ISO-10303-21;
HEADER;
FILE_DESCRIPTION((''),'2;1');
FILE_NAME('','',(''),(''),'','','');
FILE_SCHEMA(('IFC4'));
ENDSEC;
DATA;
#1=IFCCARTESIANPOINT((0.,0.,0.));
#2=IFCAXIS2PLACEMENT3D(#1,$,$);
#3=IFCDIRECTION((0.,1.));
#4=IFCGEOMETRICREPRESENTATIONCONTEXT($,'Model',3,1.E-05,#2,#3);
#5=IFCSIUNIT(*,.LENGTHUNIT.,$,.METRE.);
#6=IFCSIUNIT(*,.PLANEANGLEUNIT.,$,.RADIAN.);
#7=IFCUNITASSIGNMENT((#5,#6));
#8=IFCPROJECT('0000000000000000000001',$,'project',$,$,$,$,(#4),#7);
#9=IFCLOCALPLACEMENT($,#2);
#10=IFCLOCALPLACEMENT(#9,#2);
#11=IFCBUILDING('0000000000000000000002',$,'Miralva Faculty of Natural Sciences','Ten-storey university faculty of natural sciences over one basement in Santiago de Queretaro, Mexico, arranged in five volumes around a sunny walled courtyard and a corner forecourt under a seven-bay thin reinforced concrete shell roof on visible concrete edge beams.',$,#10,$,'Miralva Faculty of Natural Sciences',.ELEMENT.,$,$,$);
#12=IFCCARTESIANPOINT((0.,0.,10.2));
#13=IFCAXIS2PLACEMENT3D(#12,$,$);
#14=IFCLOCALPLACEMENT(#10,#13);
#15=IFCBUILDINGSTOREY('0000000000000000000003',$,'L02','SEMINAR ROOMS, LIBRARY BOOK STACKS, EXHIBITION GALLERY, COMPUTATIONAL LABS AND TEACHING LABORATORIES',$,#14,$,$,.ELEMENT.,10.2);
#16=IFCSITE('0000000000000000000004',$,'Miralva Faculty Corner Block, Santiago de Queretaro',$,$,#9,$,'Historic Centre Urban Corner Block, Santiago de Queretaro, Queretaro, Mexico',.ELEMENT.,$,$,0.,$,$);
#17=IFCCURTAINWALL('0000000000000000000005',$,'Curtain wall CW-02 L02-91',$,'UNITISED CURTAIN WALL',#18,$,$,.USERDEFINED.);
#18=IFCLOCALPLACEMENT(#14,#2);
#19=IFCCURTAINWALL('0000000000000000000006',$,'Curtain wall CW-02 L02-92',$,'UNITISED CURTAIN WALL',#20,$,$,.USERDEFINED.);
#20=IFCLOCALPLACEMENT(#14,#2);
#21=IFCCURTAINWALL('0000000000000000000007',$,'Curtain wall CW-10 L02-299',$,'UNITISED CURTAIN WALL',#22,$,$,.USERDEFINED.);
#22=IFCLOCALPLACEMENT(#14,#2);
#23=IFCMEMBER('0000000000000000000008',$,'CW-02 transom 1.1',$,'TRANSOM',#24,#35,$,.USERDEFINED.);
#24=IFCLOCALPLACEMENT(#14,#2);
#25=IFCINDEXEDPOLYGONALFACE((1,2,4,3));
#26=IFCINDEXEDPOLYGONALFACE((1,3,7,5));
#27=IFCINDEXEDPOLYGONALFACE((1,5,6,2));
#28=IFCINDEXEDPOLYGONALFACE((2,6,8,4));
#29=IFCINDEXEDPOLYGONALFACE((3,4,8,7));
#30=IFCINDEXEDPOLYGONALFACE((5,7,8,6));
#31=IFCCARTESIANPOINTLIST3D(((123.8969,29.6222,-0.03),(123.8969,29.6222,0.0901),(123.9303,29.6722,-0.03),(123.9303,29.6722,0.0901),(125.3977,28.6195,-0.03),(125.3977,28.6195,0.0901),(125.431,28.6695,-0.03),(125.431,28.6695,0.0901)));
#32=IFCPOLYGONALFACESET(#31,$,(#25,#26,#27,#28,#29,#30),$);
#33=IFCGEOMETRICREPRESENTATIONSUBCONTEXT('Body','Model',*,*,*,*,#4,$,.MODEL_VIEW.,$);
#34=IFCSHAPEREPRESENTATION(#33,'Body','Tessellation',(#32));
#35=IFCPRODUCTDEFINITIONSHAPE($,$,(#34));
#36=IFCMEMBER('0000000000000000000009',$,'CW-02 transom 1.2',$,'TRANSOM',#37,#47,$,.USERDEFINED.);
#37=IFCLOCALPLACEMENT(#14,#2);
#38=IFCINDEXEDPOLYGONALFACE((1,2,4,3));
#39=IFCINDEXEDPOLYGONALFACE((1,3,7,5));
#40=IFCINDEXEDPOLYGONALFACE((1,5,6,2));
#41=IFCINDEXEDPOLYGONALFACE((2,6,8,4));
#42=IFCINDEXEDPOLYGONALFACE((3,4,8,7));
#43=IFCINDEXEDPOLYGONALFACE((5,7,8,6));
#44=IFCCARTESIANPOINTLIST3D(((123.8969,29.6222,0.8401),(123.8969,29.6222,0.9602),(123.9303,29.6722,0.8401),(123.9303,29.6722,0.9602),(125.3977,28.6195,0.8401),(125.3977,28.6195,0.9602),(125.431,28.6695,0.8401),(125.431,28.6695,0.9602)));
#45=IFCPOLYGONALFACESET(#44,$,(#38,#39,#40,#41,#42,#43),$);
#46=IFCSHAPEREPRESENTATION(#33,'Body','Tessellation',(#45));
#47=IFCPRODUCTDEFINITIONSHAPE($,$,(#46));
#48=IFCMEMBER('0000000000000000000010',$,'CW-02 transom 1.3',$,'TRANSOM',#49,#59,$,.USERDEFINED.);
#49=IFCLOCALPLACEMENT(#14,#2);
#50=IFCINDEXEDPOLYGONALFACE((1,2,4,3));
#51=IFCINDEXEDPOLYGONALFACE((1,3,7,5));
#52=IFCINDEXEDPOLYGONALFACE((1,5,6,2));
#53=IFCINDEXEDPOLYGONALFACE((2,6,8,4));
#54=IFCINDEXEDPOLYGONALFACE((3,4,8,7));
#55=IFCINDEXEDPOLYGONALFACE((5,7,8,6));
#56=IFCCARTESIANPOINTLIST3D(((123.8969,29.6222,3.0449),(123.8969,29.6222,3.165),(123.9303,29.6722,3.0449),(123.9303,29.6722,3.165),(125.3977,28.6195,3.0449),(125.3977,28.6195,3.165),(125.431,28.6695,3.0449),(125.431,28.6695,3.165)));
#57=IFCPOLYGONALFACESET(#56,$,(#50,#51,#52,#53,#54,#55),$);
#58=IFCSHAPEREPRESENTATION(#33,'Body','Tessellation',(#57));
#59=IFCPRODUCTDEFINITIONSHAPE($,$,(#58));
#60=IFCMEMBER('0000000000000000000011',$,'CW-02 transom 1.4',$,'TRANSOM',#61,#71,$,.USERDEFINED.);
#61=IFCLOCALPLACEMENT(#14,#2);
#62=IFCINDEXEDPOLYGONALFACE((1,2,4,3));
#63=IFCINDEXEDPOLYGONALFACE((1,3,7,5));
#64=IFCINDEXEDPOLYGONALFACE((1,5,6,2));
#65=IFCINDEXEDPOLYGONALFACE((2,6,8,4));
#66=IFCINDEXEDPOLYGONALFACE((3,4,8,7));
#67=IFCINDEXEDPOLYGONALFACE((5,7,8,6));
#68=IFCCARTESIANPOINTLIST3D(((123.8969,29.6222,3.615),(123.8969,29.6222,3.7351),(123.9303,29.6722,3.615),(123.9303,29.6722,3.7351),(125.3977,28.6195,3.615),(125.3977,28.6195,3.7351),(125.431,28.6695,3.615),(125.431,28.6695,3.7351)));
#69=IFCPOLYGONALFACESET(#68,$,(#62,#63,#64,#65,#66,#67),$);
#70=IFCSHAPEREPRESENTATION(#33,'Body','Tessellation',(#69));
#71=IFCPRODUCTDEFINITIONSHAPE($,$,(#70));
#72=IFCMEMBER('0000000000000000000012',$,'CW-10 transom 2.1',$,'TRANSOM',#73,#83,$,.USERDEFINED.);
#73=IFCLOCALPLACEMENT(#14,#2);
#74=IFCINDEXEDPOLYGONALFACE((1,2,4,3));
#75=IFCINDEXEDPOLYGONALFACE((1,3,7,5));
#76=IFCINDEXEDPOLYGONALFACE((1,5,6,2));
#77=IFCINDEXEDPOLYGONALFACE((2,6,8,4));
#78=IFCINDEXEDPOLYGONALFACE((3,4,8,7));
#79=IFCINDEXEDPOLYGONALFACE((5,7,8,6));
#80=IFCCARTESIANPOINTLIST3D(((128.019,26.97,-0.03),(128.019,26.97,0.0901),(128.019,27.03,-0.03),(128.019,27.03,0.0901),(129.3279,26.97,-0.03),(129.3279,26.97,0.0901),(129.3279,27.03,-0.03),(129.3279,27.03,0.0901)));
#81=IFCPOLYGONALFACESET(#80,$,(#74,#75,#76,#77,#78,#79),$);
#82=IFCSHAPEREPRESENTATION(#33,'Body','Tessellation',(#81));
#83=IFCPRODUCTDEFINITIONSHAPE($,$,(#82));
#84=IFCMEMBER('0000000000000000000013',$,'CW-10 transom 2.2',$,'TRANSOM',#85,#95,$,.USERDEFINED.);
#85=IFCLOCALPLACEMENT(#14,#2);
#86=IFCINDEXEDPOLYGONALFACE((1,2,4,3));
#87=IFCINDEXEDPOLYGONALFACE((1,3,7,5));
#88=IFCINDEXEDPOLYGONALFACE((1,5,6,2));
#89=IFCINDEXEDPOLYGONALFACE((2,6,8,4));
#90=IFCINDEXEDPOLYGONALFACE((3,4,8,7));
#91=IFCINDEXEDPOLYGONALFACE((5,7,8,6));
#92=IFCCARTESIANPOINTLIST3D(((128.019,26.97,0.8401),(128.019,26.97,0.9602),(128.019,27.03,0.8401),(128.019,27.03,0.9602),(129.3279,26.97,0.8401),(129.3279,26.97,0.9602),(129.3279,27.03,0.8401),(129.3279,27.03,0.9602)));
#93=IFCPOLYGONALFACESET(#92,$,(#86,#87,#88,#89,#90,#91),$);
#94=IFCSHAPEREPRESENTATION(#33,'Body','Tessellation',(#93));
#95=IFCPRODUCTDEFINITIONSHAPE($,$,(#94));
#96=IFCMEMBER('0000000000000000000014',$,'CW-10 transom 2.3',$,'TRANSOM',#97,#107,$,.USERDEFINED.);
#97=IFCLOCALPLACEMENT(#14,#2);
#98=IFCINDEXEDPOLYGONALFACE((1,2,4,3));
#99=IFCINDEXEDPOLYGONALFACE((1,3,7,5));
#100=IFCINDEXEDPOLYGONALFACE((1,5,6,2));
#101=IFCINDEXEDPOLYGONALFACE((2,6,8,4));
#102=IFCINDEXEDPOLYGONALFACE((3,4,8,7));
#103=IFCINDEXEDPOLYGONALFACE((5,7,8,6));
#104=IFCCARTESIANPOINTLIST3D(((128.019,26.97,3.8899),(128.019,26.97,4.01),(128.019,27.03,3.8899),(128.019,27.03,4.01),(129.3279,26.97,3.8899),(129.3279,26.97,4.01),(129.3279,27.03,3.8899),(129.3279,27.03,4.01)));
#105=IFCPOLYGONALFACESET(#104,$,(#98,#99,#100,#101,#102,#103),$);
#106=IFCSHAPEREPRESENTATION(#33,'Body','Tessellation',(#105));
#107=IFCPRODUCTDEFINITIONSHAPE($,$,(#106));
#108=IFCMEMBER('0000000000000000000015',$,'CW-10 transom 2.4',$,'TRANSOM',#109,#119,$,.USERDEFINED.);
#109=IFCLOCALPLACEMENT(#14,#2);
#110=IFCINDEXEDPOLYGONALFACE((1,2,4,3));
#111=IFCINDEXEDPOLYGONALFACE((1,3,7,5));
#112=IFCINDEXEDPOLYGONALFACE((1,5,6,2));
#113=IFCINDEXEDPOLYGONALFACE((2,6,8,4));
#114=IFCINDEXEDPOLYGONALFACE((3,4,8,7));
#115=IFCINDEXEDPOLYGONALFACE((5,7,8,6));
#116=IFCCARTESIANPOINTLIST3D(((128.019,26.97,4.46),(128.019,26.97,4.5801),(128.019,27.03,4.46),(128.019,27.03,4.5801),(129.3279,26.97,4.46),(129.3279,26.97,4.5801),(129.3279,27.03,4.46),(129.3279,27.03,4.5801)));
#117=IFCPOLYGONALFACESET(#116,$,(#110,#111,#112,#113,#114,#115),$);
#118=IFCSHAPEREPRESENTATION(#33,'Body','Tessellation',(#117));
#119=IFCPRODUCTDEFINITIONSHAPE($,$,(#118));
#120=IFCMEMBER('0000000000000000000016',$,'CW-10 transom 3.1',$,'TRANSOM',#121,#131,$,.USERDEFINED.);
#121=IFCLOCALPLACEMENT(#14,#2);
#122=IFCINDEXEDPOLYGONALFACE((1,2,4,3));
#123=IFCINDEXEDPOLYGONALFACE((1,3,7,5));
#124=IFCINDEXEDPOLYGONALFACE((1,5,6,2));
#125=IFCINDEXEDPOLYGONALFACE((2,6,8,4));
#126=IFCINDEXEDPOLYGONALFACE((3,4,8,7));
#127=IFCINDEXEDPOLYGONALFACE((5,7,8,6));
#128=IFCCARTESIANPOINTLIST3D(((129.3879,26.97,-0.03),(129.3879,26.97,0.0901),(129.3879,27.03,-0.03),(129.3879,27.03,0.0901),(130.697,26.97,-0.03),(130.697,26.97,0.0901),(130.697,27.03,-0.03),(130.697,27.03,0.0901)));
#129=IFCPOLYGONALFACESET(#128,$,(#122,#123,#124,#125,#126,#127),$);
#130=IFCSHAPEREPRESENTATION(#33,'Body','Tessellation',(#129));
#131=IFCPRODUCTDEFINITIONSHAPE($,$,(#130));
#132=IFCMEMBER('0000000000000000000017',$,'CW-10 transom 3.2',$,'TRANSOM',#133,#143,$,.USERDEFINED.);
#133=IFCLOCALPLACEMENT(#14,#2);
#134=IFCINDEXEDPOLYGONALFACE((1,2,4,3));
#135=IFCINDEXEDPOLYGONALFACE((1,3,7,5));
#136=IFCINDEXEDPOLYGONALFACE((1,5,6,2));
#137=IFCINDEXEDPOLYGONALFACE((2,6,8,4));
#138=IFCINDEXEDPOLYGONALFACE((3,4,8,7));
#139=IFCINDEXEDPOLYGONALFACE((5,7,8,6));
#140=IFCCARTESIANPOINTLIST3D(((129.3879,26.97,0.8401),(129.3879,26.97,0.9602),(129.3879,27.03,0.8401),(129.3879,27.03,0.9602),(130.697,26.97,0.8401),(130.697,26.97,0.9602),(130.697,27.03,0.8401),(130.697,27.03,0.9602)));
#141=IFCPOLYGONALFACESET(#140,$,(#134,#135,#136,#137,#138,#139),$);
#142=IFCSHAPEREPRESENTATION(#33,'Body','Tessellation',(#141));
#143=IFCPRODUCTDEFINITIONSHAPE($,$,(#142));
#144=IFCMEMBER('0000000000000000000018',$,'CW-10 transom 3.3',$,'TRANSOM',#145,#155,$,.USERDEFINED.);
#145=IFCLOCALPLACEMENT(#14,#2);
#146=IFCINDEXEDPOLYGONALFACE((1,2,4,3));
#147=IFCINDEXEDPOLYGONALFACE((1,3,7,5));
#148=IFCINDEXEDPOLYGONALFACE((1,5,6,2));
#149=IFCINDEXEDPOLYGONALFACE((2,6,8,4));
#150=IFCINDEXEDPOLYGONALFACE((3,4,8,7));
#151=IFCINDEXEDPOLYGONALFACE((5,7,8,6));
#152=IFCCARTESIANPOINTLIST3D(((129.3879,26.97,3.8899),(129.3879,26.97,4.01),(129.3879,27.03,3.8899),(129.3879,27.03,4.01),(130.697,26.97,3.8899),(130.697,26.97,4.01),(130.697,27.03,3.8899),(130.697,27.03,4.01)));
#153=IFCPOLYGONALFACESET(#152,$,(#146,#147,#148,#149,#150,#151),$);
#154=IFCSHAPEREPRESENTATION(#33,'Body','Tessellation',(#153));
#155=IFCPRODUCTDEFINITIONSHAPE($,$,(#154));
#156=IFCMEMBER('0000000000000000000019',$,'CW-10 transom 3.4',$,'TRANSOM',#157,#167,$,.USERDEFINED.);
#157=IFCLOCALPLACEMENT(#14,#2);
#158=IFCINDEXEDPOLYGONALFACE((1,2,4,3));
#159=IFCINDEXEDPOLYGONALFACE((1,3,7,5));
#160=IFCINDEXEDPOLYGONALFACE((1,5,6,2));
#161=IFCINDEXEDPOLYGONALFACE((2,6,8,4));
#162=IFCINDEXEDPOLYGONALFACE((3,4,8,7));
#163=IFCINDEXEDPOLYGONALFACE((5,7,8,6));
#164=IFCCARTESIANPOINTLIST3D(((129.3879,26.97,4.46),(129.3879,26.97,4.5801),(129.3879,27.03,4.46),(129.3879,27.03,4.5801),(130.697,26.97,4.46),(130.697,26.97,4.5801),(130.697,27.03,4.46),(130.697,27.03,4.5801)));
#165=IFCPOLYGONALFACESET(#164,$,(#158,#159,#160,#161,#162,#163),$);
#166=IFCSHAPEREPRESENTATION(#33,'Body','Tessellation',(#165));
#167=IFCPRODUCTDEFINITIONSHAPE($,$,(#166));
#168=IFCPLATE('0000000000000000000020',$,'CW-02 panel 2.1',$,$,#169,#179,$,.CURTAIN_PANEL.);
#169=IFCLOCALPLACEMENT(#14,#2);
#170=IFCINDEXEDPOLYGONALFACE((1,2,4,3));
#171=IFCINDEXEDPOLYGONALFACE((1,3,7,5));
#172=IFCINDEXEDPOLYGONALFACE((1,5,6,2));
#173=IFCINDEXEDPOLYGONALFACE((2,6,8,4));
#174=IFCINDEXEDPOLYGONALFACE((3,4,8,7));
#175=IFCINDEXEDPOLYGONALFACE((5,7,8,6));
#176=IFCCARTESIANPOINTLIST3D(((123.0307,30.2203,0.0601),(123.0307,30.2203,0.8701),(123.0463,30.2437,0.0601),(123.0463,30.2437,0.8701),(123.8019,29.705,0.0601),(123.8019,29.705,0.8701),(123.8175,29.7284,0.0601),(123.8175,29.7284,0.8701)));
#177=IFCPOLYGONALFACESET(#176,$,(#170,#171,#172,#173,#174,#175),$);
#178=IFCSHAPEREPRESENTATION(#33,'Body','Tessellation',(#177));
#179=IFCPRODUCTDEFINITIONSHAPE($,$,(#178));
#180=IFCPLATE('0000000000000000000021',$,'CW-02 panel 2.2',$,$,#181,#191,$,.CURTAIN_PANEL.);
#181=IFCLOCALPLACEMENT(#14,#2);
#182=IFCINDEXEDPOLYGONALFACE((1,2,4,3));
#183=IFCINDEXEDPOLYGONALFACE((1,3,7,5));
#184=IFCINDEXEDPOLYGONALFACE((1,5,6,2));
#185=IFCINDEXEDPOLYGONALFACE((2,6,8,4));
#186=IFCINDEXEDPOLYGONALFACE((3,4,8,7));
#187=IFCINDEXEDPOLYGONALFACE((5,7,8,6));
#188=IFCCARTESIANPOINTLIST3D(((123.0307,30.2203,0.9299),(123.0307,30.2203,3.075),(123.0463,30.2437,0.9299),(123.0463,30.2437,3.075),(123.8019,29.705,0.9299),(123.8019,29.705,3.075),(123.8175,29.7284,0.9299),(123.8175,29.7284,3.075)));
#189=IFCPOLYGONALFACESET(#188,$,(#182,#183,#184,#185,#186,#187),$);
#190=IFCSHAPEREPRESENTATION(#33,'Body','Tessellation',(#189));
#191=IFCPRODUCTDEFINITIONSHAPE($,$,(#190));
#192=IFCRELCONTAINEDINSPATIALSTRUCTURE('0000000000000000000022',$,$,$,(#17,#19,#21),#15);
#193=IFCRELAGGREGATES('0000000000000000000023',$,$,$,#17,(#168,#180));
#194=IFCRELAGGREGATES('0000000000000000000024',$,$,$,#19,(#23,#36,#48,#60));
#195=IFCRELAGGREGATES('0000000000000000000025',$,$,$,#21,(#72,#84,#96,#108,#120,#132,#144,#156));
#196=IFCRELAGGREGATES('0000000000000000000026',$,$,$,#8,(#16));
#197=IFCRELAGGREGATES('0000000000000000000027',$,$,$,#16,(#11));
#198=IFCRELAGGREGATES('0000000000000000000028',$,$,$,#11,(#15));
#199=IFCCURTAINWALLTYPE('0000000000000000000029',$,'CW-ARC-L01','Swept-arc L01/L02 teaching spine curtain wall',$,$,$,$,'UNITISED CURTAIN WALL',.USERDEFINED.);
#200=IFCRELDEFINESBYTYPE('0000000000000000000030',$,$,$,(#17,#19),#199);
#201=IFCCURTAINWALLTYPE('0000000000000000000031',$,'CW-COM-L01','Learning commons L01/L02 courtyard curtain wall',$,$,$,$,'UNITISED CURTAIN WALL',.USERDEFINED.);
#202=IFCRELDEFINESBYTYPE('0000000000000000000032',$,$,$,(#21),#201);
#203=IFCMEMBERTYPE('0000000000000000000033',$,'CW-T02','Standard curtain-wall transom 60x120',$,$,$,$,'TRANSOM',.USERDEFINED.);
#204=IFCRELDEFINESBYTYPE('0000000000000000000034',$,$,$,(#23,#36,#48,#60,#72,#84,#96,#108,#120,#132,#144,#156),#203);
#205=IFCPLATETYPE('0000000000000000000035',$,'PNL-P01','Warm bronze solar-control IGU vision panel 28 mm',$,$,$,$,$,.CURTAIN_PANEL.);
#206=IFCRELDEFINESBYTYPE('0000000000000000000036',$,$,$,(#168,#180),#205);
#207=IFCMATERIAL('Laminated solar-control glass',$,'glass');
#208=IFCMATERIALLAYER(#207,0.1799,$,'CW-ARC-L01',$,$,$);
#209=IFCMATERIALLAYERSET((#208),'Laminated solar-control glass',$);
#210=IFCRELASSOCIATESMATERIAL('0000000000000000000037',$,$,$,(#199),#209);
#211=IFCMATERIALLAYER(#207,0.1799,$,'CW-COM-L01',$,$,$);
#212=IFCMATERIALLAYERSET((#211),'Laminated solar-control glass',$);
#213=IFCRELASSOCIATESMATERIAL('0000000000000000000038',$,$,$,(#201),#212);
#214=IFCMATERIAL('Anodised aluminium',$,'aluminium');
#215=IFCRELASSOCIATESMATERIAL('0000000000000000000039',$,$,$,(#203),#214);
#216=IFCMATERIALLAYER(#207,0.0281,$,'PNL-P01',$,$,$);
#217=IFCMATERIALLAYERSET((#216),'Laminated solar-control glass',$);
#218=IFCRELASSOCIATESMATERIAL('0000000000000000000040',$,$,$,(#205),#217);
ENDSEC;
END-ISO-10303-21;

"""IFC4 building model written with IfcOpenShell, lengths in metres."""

from ifc_helpers import new_model, si_unit, direction, frame, origin, origin_2d, place, context, subcontext, project, spatial, rectangle, extrude, material, layer, layer_set, material_profile, profile_set, type_object, element, aggregate, save


model = new_model("IFC4")

# Units and contexts
model_context = context("Model", 3, precision=1e-05, world=origin(), true_north=direction((0.0, 1.0)))
body_context = subcontext(model_context, "Body", "Model", "MODEL_VIEW")
ifc_project = project(units=[si_unit("LENGTHUNIT", "METRE"), si_unit("PLANEANGLEUNIT", "RADIAN")], contexts=[model_context])

# Site, building, storey
site_placement = place(None, origin())
site = spatial("IfcSite", under=ifc_project, at=site_placement, Name="Miralva Faculty Corner Block, Santiago de Queretaro", LongName="Historic Centre Urban Corner Block, Santiago de Queretaro, Queretaro, Mexico", CompositionType="ELEMENT", RefElevation=0.0)
building_placement = place(site_placement, origin())
building = spatial("IfcBuilding", under=site, at=building_placement, Name="Miralva Faculty of Natural Sciences", Description="Ten-storey university faculty of natural sciences over one basement in Santiago de Queretaro, Mexico, arranged in five volumes around a sunny walled courtyard and a corner forecourt under a seven-bay thin reinforced concrete shell roof on visible concrete edge beams.", LongName="Miralva Faculty of Natural Sciences", CompositionType="ELEMENT")
storey_placement = place(building_placement, frame((0.0, 0.0, 10.2)))
storey = spatial("IfcBuildingStorey", under=building, at=storey_placement, Name="L02", Description="SEMINAR ROOMS, LIBRARY BOOK STACKS, EXHIBITION GALLERY, COMPUTATIONAL LABS AND TEACHING LABORATORIES", CompositionType="ELEMENT", Elevation=10.2)

# Curtain walls
ifc_material_1 = material(Name="Laminated solar-control glass", Category="glass")
ifc_layer_1 = layer(ifc_material_1, 0.1799, Name="CW-ARC-L01")
ifc_layer_set_1 = layer_set([ifc_layer_1], Name="Laminated solar-control glass")
curtain_wall_type_1 = type_object("IfcCurtainWallType", Name="CW-ARC-L01", Description="Swept-arc L01/L02 teaching spine curtain wall", ElementType="UNITISED CURTAIN WALL", PredefinedType="USERDEFINED", material=ifc_layer_set_1)
curtain_wall_1_placement = place(storey_placement, origin())
curtain_wall_1 = element("IfcCurtainWall", 1, at=curtain_wall_1_placement, inside=storey, type_object=curtain_wall_type_1, Name="Curtain wall CW-02 L02-91", ObjectType="UNITISED CURTAIN WALL", PredefinedType="USERDEFINED")
ifc_material_2 = material(Name="Anodised aluminium", Category="aluminium")
curtain_wall_2_placement = place(storey_placement, origin())
curtain_wall_2 = element("IfcCurtainWall", 2, at=curtain_wall_2_placement, inside=storey, type_object=curtain_wall_type_1, Name="Curtain wall CW-02 L02-92", ObjectType="UNITISED CURTAIN WALL", PredefinedType="USERDEFINED")
ifc_layer_2 = layer(ifc_material_1, 0.1799, Name="CW-COM-L01")
ifc_layer_set_2 = layer_set([ifc_layer_2], Name="Laminated solar-control glass")
curtain_wall_type_2 = type_object("IfcCurtainWallType", Name="CW-COM-L01", Description="Learning commons L01/L02 courtyard curtain wall", ElementType="UNITISED CURTAIN WALL", PredefinedType="USERDEFINED", material=ifc_layer_set_2)
curtain_wall_3_placement = place(storey_placement, origin())
curtain_wall_3 = element("IfcCurtainWall", 3, at=curtain_wall_3_placement, inside=storey, type_object=curtain_wall_type_2, Name="Curtain wall CW-10 L02-299", ObjectType="UNITISED CURTAIN WALL", PredefinedType="USERDEFINED")

# Members
ifc_material_profile_1 = material_profile(ifc_material_2, rectangle(XDim=0.0601, YDim=0.1201, at=origin_2d()), Name="TRANSOM 60x120")
ifc_profile_set_1 = profile_set([ifc_material_profile_1], Name="Anodised aluminium")
member_type_1 = type_object("IfcMemberType", Name="CW-T02", Description="Standard curtain-wall transom 60x120", ElementType="TRANSOM", PredefinedType="USERDEFINED", material=ifc_profile_set_1)
member_1_placement = place(storey_placement, frame((123.9136, 29.6472, 0.03), z_axis=(0.831488, -0.555543, 0.0), x_axis=(0.555543, 0.831488, 0.0)))
member_1 = element("IfcMember", 4, at=member_1_placement, type_object=member_type_1, Name="CW-02 transom 1.1", ObjectType="TRANSOM", PredefinedType="USERDEFINED", context=body_context, shape_type="SweptSolid", body=[
    extrude(rectangle(XDim=0.0601, YDim=0.1201, at=origin_2d()), origin(), (0.0, 0.0, 1.0), 1.8049),
])
member_2_placement = place(storey_placement, frame((123.9136, 29.6472, 0.9001), z_axis=(0.831488, -0.555543, 0.0), x_axis=(0.555543, 0.831488, 0.0)))
member_2 = element("IfcMember", 5, at=member_2_placement, type_object=member_type_1, Name="CW-02 transom 1.2", ObjectType="TRANSOM", PredefinedType="USERDEFINED", context=body_context, shape_type="SweptSolid", body=[
    extrude(rectangle(XDim=0.0601, YDim=0.1201, at=origin_2d()), origin(), (0.0, 0.0, 1.0), 1.8049),
])
member_3_placement = place(storey_placement, frame((123.9136, 29.6472, 3.105), z_axis=(0.831488, -0.555543, 0.0), x_axis=(0.555543, 0.831488, 0.0)))
member_3 = element("IfcMember", 6, at=member_3_placement, type_object=member_type_1, Name="CW-02 transom 1.3", ObjectType="TRANSOM", PredefinedType="USERDEFINED", context=body_context, shape_type="SweptSolid", body=[
    extrude(rectangle(XDim=0.0601, YDim=0.1201, at=origin_2d()), origin(), (0.0, 0.0, 1.0), 1.8049),
])
member_4_placement = place(storey_placement, frame((123.9136, 29.6472, 3.675), z_axis=(0.831488, -0.555543, 0.0), x_axis=(0.555543, 0.831488, 0.0)))
member_4 = element("IfcMember", 7, at=member_4_placement, type_object=member_type_1, Name="CW-02 transom 1.4", ObjectType="TRANSOM", PredefinedType="USERDEFINED", context=body_context, shape_type="SweptSolid", body=[
    extrude(rectangle(XDim=0.0601, YDim=0.1201, at=origin_2d()), origin(), (0.0, 0.0, 1.0), 1.8049),
])
member_5_placement = place(storey_placement, frame((128.019, 27.0, 0.03), z_axis=(1.0, 0.0, 0.0), x_axis=(0.0, 1.0, 0.0)))
member_5 = element("IfcMember", 8, at=member_5_placement, type_object=member_type_1, Name="CW-10 transom 2.1", ObjectType="TRANSOM", PredefinedType="USERDEFINED", context=body_context, shape_type="SweptSolid", body=[
    extrude(rectangle(XDim=0.0601, YDim=0.1201, at=origin_2d()), origin(), (0.0, 0.0, 1.0), 1.3088),
])
member_6_placement = place(storey_placement, frame((128.019, 27.0, 0.9001), z_axis=(1.0, 0.0, 0.0), x_axis=(0.0, 1.0, 0.0)))
member_6 = element("IfcMember", 9, at=member_6_placement, type_object=member_type_1, Name="CW-10 transom 2.2", ObjectType="TRANSOM", PredefinedType="USERDEFINED", context=body_context, shape_type="SweptSolid", body=[
    extrude(rectangle(XDim=0.0601, YDim=0.1201, at=origin_2d()), origin(), (0.0, 0.0, 1.0), 1.3088),
])
member_7_placement = place(storey_placement, frame((128.019, 27.0, 3.95), z_axis=(1.0, 0.0, 0.0), x_axis=(0.0, 1.0, 0.0)))
member_7 = element("IfcMember", 10, at=member_7_placement, type_object=member_type_1, Name="CW-10 transom 2.3", ObjectType="TRANSOM", PredefinedType="USERDEFINED", context=body_context, shape_type="SweptSolid", body=[
    extrude(rectangle(XDim=0.0601, YDim=0.1201, at=origin_2d()), origin(), (0.0, 0.0, 1.0), 1.3088),
])
member_8_placement = place(storey_placement, frame((128.019, 27.0, 4.52), z_axis=(1.0, 0.0, 0.0), x_axis=(0.0, 1.0, 0.0)))
member_8 = element("IfcMember", 11, at=member_8_placement, type_object=member_type_1, Name="CW-10 transom 2.4", ObjectType="TRANSOM", PredefinedType="USERDEFINED", context=body_context, shape_type="SweptSolid", body=[
    extrude(rectangle(XDim=0.0601, YDim=0.1201, at=origin_2d()), origin(), (0.0, 0.0, 1.0), 1.3088),
])
member_9_placement = place(storey_placement, frame((129.3879, 27.0, 0.03), z_axis=(1.0, 0.0, 0.0), x_axis=(0.0, 1.0, 0.0)))
member_9 = element("IfcMember", 12, at=member_9_placement, type_object=member_type_1, Name="CW-10 transom 3.1", ObjectType="TRANSOM", PredefinedType="USERDEFINED", context=body_context, shape_type="SweptSolid", body=[
    extrude(rectangle(XDim=0.0601, YDim=0.1201, at=origin_2d()), origin(), (0.0, 0.0, 1.0), 1.3091),
])
member_10_placement = place(storey_placement, frame((129.3879, 27.0, 0.9001), z_axis=(1.0, 0.0, 0.0), x_axis=(0.0, 1.0, 0.0)))
member_10 = element("IfcMember", 13, at=member_10_placement, type_object=member_type_1, Name="CW-10 transom 3.2", ObjectType="TRANSOM", PredefinedType="USERDEFINED", context=body_context, shape_type="SweptSolid", body=[
    extrude(rectangle(XDim=0.0601, YDim=0.1201, at=origin_2d()), origin(), (0.0, 0.0, 1.0), 1.3091),
])
member_11_placement = place(storey_placement, frame((129.3879, 27.0, 3.95), z_axis=(1.0, 0.0, 0.0), x_axis=(0.0, 1.0, 0.0)))
member_11 = element("IfcMember", 14, at=member_11_placement, type_object=member_type_1, Name="CW-10 transom 3.3", ObjectType="TRANSOM", PredefinedType="USERDEFINED", context=body_context, shape_type="SweptSolid", body=[
    extrude(rectangle(XDim=0.0601, YDim=0.1201, at=origin_2d()), origin(), (0.0, 0.0, 1.0), 1.3091),
])
member_12_placement = place(storey_placement, frame((129.3879, 27.0, 4.52), z_axis=(1.0, 0.0, 0.0), x_axis=(0.0, 1.0, 0.0)))
member_12 = element("IfcMember", 15, at=member_12_placement, type_object=member_type_1, Name="CW-10 transom 3.4", ObjectType="TRANSOM", PredefinedType="USERDEFINED", context=body_context, shape_type="SweptSolid", body=[
    extrude(rectangle(XDim=0.0601, YDim=0.1201, at=origin_2d()), origin(), (0.0, 0.0, 1.0), 1.3091),
])

# Plates
ifc_layer_3 = layer(ifc_material_1, 0.0281, Name="PNL-P01")
ifc_layer_set_3 = layer_set([ifc_layer_3], Name="Laminated solar-control glass")
plate_type = type_object("IfcPlateType", Name="PNL-P01", Description="Warm bronze solar-control IGU vision panel 28 mm", PredefinedType="CURTAIN_PANEL", material=ifc_layer_set_3)
plate_1_placement = place(storey_placement, frame((123.4241, 29.9744, 0.0601), z_axis=(0.0, 0.0, 1.0), x_axis=(0.831457, -0.555589, 0.0)))
plate_1 = element("IfcPlate", 16, at=plate_1_placement, type_object=plate_type, Name="CW-02 panel 2.1", PredefinedType="CURTAIN_PANEL", context=body_context, shape_type="SweptSolid", body=[
    extrude(rectangle(XDim=0.9275, YDim=0.0281, at=origin_2d()), origin(), (0.0, 0.0, 1.0), 0.8101),
])
plate_2_placement = place(storey_placement, frame((123.4241, 29.9744, 0.9299), z_axis=(0.0, 0.0, 1.0), x_axis=(0.831457, -0.555589, 0.0)))
plate_2 = element("IfcPlate", 17, at=plate_2_placement, type_object=plate_type, Name="CW-02 panel 2.2", PredefinedType="CURTAIN_PANEL", context=body_context, shape_type="SweptSolid", body=[
    extrude(rectangle(XDim=0.9275, YDim=0.0281, at=origin_2d()), origin(), (0.0, 0.0, 1.0), 2.145),
])
aggregate(curtain_wall_1, [plate_1, plate_2])
aggregate(curtain_wall_2, [member_1, member_2, member_3, member_4])
aggregate(curtain_wall_3, [member_5, member_6, member_7, member_8, member_9, member_10, member_11, member_12])

save(model, "model.ifc")
